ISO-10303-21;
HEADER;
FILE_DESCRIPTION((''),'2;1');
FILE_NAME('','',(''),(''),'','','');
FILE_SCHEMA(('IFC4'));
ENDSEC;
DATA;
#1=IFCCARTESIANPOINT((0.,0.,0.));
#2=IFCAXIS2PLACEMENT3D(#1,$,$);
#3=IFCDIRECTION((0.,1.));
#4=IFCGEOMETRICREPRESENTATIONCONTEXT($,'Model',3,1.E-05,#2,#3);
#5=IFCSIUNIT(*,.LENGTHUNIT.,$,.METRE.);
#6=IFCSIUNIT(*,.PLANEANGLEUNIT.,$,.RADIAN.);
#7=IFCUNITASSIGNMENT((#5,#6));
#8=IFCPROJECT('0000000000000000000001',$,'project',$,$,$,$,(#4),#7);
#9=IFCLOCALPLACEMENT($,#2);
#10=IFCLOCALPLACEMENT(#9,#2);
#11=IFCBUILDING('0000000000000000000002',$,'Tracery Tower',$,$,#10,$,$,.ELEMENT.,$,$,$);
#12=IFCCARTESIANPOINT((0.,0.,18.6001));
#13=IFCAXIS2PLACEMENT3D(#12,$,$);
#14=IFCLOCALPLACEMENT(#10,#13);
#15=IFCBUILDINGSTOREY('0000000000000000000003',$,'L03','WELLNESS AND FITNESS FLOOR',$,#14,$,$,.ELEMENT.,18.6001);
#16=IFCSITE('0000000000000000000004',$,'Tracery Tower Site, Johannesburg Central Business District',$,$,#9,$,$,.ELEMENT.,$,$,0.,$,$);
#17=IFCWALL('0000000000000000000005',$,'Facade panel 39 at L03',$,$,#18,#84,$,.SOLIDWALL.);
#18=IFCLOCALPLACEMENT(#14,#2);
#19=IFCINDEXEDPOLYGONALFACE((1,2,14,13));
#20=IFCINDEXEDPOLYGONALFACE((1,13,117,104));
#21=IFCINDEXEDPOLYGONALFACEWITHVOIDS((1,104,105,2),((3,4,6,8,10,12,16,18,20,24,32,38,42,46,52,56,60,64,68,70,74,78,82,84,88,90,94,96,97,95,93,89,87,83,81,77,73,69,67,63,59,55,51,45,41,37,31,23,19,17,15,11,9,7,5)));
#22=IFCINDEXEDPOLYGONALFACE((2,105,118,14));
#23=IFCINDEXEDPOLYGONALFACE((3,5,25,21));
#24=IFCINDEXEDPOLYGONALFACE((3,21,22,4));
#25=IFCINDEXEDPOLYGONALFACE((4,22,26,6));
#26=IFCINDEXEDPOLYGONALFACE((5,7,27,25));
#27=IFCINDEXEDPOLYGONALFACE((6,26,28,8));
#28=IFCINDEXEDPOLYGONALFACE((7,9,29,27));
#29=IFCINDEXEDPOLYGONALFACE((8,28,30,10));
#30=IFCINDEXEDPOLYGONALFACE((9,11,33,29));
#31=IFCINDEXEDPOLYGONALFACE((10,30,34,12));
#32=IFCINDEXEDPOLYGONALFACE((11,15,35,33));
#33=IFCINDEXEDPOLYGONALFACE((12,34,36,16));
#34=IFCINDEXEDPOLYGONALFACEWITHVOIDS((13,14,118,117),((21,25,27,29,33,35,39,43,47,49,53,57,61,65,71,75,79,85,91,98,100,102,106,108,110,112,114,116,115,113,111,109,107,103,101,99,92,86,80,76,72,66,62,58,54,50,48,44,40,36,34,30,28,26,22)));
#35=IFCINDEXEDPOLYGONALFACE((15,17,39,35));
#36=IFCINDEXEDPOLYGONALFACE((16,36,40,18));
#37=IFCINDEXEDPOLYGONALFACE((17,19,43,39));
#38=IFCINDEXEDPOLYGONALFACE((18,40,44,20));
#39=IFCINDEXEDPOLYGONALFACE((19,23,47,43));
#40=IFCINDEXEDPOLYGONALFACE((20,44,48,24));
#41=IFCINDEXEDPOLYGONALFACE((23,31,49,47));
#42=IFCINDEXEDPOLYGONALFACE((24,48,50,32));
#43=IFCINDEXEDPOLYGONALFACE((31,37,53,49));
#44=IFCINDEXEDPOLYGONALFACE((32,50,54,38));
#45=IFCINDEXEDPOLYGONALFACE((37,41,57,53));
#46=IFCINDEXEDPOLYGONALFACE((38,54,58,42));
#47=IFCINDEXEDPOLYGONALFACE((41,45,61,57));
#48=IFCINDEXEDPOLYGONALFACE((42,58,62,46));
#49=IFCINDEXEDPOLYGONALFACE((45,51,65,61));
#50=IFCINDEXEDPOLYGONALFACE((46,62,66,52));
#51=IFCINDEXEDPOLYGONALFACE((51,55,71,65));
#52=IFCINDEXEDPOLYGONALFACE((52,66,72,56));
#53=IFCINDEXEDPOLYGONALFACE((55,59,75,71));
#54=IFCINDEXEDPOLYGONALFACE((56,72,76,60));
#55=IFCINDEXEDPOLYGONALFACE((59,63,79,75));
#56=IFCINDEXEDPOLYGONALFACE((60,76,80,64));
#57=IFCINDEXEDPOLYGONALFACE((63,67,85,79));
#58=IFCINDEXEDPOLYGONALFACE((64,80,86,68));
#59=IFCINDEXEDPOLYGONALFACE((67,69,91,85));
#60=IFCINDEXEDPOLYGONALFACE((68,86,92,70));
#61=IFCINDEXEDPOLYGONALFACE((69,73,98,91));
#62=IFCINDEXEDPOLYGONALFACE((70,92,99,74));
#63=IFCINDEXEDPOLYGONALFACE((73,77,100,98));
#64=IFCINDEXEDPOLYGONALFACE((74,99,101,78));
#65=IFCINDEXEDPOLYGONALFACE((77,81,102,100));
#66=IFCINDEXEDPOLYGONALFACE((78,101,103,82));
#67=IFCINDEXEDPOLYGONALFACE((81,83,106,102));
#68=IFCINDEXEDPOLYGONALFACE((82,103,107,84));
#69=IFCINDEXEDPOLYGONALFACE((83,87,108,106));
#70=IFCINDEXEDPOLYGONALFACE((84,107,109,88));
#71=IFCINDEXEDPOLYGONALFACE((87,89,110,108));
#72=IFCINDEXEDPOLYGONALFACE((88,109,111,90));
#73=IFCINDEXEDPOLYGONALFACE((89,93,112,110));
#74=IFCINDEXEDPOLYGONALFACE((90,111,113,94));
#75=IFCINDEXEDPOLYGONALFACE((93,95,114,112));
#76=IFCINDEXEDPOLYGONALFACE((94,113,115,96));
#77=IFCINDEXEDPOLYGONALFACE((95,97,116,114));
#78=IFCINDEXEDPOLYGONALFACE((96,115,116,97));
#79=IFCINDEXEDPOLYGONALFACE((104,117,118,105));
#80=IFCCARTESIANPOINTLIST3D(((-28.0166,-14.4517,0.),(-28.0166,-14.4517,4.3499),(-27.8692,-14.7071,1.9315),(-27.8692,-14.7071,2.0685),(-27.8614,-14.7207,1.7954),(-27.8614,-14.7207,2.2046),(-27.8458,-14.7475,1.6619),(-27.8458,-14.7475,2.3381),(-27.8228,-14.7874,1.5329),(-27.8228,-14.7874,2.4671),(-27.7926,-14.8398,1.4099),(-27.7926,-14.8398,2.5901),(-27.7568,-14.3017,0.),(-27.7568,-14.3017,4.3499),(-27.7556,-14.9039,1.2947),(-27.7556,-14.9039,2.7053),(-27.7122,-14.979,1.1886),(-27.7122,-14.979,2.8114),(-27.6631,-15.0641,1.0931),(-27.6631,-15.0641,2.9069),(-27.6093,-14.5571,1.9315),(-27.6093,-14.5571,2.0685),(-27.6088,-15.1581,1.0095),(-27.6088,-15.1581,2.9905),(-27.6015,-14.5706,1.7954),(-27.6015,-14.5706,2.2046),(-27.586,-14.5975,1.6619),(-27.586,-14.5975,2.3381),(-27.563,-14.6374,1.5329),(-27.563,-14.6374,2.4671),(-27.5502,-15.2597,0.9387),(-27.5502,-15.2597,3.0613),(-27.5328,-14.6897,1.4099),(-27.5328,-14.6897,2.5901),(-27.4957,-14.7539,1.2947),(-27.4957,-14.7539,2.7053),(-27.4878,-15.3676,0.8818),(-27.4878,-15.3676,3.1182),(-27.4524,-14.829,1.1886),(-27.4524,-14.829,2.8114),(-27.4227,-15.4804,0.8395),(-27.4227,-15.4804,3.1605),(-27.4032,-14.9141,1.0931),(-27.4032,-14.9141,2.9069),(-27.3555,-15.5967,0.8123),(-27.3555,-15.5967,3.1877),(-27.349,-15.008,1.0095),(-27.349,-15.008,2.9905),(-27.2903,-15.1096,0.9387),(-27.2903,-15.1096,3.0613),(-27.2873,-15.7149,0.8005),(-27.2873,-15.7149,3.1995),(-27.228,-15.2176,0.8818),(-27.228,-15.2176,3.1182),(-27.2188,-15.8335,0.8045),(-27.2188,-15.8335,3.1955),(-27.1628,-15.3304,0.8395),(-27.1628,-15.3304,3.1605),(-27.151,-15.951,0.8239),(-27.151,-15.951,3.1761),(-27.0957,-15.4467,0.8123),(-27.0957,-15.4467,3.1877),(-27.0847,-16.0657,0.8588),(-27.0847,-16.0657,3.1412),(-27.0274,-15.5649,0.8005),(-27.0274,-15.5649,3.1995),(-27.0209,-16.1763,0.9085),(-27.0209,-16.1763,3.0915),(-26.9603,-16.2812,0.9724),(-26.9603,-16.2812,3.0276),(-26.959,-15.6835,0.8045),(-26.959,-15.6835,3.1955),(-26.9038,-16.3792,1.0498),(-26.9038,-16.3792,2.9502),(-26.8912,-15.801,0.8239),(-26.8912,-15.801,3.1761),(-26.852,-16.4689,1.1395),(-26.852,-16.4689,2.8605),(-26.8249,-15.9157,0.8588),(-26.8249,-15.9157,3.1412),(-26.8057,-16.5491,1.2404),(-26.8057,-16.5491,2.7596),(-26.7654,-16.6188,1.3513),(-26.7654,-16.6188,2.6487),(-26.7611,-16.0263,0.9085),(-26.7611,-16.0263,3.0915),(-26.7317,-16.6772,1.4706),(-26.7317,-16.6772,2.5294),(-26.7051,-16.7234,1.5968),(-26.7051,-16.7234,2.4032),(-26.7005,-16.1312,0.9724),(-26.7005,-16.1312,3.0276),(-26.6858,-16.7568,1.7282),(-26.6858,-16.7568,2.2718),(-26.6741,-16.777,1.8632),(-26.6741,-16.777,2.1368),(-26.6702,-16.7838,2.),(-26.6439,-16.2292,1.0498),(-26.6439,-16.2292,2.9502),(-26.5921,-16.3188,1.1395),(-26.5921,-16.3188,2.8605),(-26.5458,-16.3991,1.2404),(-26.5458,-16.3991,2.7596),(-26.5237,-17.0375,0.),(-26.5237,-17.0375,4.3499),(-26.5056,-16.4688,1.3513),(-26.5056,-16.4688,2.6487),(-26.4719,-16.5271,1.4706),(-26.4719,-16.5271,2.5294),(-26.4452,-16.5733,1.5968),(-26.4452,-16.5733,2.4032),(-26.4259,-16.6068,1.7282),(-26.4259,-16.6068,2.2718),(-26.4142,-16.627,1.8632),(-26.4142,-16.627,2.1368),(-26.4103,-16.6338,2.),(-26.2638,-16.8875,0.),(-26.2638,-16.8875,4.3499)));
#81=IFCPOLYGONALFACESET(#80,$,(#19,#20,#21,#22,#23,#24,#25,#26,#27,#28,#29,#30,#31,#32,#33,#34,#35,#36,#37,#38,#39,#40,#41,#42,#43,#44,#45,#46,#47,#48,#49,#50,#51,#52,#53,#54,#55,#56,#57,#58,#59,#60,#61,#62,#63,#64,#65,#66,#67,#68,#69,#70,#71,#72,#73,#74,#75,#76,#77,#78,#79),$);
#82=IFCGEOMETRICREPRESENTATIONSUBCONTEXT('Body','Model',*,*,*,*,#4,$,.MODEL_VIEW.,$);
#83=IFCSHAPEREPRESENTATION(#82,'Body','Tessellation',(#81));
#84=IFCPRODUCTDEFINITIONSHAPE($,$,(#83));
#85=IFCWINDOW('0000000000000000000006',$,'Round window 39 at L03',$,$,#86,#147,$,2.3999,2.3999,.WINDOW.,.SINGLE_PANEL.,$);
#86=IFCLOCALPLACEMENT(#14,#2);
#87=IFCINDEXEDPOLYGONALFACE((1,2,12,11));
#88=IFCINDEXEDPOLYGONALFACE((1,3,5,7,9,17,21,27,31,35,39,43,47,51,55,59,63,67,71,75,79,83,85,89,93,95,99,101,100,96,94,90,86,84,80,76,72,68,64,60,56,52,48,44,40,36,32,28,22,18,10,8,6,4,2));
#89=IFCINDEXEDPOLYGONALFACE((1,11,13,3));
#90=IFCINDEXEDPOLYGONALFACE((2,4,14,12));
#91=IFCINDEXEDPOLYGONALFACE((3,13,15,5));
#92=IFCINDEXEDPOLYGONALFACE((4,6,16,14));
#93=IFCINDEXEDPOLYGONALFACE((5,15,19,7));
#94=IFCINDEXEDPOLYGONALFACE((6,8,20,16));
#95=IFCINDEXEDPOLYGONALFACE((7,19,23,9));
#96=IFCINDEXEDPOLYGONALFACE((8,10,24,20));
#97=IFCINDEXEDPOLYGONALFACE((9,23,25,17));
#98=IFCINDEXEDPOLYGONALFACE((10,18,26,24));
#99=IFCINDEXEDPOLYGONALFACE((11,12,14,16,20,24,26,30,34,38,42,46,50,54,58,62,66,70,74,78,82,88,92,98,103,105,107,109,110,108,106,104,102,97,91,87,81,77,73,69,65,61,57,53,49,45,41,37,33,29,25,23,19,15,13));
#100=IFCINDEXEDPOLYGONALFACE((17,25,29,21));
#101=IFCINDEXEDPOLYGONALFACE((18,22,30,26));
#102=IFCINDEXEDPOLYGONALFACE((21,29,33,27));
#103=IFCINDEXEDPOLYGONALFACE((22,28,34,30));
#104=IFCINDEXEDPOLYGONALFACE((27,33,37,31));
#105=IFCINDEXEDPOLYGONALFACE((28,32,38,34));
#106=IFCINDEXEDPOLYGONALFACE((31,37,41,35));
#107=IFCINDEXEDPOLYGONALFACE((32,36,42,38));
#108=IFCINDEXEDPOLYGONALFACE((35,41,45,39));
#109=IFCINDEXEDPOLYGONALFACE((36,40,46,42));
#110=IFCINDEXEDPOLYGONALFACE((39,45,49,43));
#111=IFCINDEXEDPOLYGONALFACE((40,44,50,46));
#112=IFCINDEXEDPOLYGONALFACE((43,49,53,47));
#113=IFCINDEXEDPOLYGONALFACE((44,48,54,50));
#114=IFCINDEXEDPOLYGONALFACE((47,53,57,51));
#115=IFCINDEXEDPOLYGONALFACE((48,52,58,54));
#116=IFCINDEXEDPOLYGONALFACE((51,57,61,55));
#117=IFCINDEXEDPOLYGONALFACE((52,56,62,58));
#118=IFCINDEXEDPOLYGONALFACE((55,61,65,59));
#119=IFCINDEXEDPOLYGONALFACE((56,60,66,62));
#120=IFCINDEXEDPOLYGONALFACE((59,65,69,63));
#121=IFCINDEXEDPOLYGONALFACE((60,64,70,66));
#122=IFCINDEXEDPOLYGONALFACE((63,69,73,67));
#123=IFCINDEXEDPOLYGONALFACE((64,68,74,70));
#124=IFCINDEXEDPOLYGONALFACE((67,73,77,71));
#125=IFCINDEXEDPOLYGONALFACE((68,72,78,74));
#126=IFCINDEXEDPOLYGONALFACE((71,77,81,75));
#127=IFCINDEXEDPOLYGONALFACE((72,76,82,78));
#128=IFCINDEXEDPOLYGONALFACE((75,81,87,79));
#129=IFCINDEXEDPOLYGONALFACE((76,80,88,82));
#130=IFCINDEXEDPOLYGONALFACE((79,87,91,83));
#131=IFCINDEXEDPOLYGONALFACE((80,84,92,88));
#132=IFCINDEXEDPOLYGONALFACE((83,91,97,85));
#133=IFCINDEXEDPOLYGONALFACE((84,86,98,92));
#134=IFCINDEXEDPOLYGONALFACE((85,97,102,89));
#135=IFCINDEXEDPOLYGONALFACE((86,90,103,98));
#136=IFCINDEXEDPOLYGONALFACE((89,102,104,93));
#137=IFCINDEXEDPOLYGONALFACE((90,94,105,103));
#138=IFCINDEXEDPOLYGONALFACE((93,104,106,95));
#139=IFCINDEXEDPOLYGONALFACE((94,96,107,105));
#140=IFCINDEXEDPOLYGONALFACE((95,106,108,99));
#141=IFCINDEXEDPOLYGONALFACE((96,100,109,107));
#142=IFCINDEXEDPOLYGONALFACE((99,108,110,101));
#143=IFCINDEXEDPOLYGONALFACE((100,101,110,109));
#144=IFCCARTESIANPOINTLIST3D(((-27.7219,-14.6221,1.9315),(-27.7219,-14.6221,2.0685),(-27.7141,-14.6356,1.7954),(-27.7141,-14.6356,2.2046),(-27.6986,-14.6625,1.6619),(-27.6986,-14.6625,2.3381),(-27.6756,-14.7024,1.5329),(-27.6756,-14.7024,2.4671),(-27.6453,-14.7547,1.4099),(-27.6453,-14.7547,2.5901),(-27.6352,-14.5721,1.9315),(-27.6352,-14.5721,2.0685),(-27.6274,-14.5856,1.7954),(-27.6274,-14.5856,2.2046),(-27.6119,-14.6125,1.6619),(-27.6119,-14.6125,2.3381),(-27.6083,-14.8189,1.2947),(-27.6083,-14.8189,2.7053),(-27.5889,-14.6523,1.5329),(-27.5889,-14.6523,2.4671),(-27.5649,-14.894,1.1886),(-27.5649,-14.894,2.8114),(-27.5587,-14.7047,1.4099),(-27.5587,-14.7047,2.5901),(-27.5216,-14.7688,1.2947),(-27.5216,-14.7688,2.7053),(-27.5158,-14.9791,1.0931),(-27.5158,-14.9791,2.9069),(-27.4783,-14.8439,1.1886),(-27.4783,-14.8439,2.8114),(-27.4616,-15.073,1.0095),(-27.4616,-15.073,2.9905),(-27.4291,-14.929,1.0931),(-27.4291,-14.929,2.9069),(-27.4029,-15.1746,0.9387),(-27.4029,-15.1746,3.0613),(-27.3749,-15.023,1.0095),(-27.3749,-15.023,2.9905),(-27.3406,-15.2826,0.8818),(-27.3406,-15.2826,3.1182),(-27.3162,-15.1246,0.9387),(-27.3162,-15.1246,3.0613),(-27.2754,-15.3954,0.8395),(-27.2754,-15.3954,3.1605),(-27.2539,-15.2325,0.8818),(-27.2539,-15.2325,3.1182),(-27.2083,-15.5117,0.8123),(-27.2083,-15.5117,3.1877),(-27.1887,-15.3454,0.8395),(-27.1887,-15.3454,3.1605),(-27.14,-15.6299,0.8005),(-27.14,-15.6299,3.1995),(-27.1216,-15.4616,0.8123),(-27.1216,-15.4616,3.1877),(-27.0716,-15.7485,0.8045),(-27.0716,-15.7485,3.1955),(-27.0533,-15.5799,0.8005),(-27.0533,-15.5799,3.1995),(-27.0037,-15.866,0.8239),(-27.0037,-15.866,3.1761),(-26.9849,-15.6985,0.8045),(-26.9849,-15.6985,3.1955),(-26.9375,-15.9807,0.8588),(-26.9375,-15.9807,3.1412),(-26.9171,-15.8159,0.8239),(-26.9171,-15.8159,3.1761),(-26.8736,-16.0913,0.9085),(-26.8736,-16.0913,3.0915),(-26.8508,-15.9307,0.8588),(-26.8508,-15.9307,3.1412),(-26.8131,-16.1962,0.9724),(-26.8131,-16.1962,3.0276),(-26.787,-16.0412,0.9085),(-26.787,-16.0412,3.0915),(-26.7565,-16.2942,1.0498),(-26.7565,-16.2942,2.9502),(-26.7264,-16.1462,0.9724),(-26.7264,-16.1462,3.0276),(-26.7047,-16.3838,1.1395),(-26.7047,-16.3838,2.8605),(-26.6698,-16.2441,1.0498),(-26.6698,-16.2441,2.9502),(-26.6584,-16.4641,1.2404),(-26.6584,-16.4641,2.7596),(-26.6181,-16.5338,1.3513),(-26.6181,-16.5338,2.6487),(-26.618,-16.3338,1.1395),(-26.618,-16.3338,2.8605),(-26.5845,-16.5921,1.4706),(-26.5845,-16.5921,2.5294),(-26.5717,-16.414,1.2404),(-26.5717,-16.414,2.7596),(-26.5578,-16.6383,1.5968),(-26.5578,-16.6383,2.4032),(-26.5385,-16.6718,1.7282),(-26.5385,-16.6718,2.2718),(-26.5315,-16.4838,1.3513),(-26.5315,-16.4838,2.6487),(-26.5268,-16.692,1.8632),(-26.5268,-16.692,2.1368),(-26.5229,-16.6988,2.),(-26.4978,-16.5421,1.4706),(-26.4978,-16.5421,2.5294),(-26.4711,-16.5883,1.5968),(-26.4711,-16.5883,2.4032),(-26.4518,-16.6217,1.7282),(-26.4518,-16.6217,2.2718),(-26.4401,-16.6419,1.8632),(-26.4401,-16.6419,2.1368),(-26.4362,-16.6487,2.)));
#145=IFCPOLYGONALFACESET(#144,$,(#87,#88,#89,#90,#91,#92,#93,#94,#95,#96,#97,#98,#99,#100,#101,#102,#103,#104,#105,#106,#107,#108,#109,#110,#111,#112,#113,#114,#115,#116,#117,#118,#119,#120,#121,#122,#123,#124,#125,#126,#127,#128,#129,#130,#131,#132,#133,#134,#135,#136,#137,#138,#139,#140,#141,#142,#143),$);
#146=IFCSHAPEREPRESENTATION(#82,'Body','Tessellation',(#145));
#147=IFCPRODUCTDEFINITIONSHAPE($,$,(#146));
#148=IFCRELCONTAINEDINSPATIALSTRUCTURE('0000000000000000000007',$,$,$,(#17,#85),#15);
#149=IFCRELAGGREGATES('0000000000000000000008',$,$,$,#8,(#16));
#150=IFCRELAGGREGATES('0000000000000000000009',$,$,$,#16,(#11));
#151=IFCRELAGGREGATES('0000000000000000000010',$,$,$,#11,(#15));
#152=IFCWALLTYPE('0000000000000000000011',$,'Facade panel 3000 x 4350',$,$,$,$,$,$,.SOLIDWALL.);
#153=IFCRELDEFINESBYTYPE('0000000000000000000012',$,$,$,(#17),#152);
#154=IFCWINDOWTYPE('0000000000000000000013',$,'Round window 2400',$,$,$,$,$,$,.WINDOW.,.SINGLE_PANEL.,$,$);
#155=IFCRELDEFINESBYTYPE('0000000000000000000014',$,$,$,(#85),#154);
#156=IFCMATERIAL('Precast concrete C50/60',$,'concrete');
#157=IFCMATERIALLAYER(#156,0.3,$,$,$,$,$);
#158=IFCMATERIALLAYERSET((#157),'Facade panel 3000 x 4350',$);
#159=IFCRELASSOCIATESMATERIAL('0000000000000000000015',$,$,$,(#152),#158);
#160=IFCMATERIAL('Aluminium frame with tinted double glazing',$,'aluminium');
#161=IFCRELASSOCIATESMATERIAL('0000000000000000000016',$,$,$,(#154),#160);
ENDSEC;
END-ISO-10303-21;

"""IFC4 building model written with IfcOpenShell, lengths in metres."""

from ifc_helpers import new_model, si_unit, direction, frame, frame_2d, origin, origin_2d, place, context, subcontext, project, spatial, rectangle, circle, extrude, material, layer, layer_set, type_object, element, fill, save


model = new_model("IFC4")

# Units and contexts
model_context = context("Model", 3, precision=1e-05, world=origin(), true_north=direction((0.0, 1.0)))
body_context = subcontext(model_context, "Body", "Model", "MODEL_VIEW")
ifc_project = project(units=[si_unit("LENGTHUNIT", "METRE"), si_unit("PLANEANGLEUNIT", "RADIAN")], contexts=[model_context])

# Site, building, storey
site_placement = place(None, origin())
site = spatial("IfcSite", under=ifc_project, at=site_placement, Name="Tracery Tower Site, Johannesburg Central Business District", CompositionType="ELEMENT", RefElevation=0.0)
building_placement = place(site_placement, origin())
building = spatial("IfcBuilding", under=site, at=building_placement, Name="Tracery Tower", CompositionType="ELEMENT")
storey_placement = place(building_placement, frame((0.0, 0.0, 18.6001)))
storey = spatial("IfcBuildingStorey", under=building, at=storey_placement, Name="L03", Description="WELLNESS AND FITNESS FLOOR", CompositionType="ELEMENT", Elevation=18.6001)

# Wall, opening, window
ifc_material_1 = material(Name="Precast concrete C50/60", Category="concrete")
ifc_layer_1 = layer(ifc_material_1, 0.3)
ifc_layer_set_1 = layer_set([ifc_layer_1], Name="Facade panel 3000 x 4350")
wall_type_1 = type_object("IfcWallType", Name="Facade panel 3000 x 4350", PredefinedType="SOLIDWALL", material=ifc_layer_set_1)
wall_1_placement = place(storey_placement, frame((-27.8867, -14.3767, 0.0), z_axis=(0.0, 0.0, 1.0), x_axis=(0.500017, -0.866015, 0.0)))
wall_1 = element("IfcWall", 1, at=wall_1_placement, inside=storey, type_object=wall_type_1, Name="Facade panel 39 at L03", PredefinedType="SOLIDWALL", context=body_context, shape_type="SweptSolid", body=[
    extrude(rectangle(XDim=2.9858, YDim=0.3, at=frame_2d((1.4929, 0.0))), origin(), (0.0, 0.0, 1.0), 4.3499),
])
opening_1_placement = place(wall_1_placement, frame((1.4929, 0.0, 2.0)))
opening_1 = element("IfcOpeningElement", 2, at=opening_1_placement, cuts=wall_1, PredefinedType="OPENING", context=body_context, shape_type="SweptSolid", body=[
    extrude(circle(Radius=1.2, at=origin_2d()), frame((0.0, 0.1599, 0.0), z_axis=(0.0, -1.0, 0.0), x_axis=(1.0, 0.0, 0.0)), (0.0, 0.0, 1.0), 0.3201),
])
ifc_material_2 = material(Name="Aluminium frame with tinted double glazing", Category="aluminium")
window_type = type_object("IfcWindowType", Name="Round window 2400", PartitioningType="SINGLE_PANEL", PredefinedType="WINDOW", material=ifc_material_2)
window_1_placement = place(opening_1_placement, origin())
window_1 = element("IfcWindow", 3, at=window_1_placement, inside=storey, type_object=window_type, Name="Round window 39 at L03", OverallHeight=2.3999, OverallWidth=2.3999, PartitioningType="SINGLE_PANEL", PredefinedType="WINDOW", context=body_context, shape_type="SweptSolid", body=[
    extrude(circle(Radius=1.2, at=origin_2d()), frame((0.0, 0.1201, 0.0), z_axis=(0.0, -1.0, 0.0), x_axis=(1.0, 0.0, 0.0)), (0.0, 0.0, 1.0), 0.1001),
])
fill(opening_1, window_1)

save(model, "model.ifc")
